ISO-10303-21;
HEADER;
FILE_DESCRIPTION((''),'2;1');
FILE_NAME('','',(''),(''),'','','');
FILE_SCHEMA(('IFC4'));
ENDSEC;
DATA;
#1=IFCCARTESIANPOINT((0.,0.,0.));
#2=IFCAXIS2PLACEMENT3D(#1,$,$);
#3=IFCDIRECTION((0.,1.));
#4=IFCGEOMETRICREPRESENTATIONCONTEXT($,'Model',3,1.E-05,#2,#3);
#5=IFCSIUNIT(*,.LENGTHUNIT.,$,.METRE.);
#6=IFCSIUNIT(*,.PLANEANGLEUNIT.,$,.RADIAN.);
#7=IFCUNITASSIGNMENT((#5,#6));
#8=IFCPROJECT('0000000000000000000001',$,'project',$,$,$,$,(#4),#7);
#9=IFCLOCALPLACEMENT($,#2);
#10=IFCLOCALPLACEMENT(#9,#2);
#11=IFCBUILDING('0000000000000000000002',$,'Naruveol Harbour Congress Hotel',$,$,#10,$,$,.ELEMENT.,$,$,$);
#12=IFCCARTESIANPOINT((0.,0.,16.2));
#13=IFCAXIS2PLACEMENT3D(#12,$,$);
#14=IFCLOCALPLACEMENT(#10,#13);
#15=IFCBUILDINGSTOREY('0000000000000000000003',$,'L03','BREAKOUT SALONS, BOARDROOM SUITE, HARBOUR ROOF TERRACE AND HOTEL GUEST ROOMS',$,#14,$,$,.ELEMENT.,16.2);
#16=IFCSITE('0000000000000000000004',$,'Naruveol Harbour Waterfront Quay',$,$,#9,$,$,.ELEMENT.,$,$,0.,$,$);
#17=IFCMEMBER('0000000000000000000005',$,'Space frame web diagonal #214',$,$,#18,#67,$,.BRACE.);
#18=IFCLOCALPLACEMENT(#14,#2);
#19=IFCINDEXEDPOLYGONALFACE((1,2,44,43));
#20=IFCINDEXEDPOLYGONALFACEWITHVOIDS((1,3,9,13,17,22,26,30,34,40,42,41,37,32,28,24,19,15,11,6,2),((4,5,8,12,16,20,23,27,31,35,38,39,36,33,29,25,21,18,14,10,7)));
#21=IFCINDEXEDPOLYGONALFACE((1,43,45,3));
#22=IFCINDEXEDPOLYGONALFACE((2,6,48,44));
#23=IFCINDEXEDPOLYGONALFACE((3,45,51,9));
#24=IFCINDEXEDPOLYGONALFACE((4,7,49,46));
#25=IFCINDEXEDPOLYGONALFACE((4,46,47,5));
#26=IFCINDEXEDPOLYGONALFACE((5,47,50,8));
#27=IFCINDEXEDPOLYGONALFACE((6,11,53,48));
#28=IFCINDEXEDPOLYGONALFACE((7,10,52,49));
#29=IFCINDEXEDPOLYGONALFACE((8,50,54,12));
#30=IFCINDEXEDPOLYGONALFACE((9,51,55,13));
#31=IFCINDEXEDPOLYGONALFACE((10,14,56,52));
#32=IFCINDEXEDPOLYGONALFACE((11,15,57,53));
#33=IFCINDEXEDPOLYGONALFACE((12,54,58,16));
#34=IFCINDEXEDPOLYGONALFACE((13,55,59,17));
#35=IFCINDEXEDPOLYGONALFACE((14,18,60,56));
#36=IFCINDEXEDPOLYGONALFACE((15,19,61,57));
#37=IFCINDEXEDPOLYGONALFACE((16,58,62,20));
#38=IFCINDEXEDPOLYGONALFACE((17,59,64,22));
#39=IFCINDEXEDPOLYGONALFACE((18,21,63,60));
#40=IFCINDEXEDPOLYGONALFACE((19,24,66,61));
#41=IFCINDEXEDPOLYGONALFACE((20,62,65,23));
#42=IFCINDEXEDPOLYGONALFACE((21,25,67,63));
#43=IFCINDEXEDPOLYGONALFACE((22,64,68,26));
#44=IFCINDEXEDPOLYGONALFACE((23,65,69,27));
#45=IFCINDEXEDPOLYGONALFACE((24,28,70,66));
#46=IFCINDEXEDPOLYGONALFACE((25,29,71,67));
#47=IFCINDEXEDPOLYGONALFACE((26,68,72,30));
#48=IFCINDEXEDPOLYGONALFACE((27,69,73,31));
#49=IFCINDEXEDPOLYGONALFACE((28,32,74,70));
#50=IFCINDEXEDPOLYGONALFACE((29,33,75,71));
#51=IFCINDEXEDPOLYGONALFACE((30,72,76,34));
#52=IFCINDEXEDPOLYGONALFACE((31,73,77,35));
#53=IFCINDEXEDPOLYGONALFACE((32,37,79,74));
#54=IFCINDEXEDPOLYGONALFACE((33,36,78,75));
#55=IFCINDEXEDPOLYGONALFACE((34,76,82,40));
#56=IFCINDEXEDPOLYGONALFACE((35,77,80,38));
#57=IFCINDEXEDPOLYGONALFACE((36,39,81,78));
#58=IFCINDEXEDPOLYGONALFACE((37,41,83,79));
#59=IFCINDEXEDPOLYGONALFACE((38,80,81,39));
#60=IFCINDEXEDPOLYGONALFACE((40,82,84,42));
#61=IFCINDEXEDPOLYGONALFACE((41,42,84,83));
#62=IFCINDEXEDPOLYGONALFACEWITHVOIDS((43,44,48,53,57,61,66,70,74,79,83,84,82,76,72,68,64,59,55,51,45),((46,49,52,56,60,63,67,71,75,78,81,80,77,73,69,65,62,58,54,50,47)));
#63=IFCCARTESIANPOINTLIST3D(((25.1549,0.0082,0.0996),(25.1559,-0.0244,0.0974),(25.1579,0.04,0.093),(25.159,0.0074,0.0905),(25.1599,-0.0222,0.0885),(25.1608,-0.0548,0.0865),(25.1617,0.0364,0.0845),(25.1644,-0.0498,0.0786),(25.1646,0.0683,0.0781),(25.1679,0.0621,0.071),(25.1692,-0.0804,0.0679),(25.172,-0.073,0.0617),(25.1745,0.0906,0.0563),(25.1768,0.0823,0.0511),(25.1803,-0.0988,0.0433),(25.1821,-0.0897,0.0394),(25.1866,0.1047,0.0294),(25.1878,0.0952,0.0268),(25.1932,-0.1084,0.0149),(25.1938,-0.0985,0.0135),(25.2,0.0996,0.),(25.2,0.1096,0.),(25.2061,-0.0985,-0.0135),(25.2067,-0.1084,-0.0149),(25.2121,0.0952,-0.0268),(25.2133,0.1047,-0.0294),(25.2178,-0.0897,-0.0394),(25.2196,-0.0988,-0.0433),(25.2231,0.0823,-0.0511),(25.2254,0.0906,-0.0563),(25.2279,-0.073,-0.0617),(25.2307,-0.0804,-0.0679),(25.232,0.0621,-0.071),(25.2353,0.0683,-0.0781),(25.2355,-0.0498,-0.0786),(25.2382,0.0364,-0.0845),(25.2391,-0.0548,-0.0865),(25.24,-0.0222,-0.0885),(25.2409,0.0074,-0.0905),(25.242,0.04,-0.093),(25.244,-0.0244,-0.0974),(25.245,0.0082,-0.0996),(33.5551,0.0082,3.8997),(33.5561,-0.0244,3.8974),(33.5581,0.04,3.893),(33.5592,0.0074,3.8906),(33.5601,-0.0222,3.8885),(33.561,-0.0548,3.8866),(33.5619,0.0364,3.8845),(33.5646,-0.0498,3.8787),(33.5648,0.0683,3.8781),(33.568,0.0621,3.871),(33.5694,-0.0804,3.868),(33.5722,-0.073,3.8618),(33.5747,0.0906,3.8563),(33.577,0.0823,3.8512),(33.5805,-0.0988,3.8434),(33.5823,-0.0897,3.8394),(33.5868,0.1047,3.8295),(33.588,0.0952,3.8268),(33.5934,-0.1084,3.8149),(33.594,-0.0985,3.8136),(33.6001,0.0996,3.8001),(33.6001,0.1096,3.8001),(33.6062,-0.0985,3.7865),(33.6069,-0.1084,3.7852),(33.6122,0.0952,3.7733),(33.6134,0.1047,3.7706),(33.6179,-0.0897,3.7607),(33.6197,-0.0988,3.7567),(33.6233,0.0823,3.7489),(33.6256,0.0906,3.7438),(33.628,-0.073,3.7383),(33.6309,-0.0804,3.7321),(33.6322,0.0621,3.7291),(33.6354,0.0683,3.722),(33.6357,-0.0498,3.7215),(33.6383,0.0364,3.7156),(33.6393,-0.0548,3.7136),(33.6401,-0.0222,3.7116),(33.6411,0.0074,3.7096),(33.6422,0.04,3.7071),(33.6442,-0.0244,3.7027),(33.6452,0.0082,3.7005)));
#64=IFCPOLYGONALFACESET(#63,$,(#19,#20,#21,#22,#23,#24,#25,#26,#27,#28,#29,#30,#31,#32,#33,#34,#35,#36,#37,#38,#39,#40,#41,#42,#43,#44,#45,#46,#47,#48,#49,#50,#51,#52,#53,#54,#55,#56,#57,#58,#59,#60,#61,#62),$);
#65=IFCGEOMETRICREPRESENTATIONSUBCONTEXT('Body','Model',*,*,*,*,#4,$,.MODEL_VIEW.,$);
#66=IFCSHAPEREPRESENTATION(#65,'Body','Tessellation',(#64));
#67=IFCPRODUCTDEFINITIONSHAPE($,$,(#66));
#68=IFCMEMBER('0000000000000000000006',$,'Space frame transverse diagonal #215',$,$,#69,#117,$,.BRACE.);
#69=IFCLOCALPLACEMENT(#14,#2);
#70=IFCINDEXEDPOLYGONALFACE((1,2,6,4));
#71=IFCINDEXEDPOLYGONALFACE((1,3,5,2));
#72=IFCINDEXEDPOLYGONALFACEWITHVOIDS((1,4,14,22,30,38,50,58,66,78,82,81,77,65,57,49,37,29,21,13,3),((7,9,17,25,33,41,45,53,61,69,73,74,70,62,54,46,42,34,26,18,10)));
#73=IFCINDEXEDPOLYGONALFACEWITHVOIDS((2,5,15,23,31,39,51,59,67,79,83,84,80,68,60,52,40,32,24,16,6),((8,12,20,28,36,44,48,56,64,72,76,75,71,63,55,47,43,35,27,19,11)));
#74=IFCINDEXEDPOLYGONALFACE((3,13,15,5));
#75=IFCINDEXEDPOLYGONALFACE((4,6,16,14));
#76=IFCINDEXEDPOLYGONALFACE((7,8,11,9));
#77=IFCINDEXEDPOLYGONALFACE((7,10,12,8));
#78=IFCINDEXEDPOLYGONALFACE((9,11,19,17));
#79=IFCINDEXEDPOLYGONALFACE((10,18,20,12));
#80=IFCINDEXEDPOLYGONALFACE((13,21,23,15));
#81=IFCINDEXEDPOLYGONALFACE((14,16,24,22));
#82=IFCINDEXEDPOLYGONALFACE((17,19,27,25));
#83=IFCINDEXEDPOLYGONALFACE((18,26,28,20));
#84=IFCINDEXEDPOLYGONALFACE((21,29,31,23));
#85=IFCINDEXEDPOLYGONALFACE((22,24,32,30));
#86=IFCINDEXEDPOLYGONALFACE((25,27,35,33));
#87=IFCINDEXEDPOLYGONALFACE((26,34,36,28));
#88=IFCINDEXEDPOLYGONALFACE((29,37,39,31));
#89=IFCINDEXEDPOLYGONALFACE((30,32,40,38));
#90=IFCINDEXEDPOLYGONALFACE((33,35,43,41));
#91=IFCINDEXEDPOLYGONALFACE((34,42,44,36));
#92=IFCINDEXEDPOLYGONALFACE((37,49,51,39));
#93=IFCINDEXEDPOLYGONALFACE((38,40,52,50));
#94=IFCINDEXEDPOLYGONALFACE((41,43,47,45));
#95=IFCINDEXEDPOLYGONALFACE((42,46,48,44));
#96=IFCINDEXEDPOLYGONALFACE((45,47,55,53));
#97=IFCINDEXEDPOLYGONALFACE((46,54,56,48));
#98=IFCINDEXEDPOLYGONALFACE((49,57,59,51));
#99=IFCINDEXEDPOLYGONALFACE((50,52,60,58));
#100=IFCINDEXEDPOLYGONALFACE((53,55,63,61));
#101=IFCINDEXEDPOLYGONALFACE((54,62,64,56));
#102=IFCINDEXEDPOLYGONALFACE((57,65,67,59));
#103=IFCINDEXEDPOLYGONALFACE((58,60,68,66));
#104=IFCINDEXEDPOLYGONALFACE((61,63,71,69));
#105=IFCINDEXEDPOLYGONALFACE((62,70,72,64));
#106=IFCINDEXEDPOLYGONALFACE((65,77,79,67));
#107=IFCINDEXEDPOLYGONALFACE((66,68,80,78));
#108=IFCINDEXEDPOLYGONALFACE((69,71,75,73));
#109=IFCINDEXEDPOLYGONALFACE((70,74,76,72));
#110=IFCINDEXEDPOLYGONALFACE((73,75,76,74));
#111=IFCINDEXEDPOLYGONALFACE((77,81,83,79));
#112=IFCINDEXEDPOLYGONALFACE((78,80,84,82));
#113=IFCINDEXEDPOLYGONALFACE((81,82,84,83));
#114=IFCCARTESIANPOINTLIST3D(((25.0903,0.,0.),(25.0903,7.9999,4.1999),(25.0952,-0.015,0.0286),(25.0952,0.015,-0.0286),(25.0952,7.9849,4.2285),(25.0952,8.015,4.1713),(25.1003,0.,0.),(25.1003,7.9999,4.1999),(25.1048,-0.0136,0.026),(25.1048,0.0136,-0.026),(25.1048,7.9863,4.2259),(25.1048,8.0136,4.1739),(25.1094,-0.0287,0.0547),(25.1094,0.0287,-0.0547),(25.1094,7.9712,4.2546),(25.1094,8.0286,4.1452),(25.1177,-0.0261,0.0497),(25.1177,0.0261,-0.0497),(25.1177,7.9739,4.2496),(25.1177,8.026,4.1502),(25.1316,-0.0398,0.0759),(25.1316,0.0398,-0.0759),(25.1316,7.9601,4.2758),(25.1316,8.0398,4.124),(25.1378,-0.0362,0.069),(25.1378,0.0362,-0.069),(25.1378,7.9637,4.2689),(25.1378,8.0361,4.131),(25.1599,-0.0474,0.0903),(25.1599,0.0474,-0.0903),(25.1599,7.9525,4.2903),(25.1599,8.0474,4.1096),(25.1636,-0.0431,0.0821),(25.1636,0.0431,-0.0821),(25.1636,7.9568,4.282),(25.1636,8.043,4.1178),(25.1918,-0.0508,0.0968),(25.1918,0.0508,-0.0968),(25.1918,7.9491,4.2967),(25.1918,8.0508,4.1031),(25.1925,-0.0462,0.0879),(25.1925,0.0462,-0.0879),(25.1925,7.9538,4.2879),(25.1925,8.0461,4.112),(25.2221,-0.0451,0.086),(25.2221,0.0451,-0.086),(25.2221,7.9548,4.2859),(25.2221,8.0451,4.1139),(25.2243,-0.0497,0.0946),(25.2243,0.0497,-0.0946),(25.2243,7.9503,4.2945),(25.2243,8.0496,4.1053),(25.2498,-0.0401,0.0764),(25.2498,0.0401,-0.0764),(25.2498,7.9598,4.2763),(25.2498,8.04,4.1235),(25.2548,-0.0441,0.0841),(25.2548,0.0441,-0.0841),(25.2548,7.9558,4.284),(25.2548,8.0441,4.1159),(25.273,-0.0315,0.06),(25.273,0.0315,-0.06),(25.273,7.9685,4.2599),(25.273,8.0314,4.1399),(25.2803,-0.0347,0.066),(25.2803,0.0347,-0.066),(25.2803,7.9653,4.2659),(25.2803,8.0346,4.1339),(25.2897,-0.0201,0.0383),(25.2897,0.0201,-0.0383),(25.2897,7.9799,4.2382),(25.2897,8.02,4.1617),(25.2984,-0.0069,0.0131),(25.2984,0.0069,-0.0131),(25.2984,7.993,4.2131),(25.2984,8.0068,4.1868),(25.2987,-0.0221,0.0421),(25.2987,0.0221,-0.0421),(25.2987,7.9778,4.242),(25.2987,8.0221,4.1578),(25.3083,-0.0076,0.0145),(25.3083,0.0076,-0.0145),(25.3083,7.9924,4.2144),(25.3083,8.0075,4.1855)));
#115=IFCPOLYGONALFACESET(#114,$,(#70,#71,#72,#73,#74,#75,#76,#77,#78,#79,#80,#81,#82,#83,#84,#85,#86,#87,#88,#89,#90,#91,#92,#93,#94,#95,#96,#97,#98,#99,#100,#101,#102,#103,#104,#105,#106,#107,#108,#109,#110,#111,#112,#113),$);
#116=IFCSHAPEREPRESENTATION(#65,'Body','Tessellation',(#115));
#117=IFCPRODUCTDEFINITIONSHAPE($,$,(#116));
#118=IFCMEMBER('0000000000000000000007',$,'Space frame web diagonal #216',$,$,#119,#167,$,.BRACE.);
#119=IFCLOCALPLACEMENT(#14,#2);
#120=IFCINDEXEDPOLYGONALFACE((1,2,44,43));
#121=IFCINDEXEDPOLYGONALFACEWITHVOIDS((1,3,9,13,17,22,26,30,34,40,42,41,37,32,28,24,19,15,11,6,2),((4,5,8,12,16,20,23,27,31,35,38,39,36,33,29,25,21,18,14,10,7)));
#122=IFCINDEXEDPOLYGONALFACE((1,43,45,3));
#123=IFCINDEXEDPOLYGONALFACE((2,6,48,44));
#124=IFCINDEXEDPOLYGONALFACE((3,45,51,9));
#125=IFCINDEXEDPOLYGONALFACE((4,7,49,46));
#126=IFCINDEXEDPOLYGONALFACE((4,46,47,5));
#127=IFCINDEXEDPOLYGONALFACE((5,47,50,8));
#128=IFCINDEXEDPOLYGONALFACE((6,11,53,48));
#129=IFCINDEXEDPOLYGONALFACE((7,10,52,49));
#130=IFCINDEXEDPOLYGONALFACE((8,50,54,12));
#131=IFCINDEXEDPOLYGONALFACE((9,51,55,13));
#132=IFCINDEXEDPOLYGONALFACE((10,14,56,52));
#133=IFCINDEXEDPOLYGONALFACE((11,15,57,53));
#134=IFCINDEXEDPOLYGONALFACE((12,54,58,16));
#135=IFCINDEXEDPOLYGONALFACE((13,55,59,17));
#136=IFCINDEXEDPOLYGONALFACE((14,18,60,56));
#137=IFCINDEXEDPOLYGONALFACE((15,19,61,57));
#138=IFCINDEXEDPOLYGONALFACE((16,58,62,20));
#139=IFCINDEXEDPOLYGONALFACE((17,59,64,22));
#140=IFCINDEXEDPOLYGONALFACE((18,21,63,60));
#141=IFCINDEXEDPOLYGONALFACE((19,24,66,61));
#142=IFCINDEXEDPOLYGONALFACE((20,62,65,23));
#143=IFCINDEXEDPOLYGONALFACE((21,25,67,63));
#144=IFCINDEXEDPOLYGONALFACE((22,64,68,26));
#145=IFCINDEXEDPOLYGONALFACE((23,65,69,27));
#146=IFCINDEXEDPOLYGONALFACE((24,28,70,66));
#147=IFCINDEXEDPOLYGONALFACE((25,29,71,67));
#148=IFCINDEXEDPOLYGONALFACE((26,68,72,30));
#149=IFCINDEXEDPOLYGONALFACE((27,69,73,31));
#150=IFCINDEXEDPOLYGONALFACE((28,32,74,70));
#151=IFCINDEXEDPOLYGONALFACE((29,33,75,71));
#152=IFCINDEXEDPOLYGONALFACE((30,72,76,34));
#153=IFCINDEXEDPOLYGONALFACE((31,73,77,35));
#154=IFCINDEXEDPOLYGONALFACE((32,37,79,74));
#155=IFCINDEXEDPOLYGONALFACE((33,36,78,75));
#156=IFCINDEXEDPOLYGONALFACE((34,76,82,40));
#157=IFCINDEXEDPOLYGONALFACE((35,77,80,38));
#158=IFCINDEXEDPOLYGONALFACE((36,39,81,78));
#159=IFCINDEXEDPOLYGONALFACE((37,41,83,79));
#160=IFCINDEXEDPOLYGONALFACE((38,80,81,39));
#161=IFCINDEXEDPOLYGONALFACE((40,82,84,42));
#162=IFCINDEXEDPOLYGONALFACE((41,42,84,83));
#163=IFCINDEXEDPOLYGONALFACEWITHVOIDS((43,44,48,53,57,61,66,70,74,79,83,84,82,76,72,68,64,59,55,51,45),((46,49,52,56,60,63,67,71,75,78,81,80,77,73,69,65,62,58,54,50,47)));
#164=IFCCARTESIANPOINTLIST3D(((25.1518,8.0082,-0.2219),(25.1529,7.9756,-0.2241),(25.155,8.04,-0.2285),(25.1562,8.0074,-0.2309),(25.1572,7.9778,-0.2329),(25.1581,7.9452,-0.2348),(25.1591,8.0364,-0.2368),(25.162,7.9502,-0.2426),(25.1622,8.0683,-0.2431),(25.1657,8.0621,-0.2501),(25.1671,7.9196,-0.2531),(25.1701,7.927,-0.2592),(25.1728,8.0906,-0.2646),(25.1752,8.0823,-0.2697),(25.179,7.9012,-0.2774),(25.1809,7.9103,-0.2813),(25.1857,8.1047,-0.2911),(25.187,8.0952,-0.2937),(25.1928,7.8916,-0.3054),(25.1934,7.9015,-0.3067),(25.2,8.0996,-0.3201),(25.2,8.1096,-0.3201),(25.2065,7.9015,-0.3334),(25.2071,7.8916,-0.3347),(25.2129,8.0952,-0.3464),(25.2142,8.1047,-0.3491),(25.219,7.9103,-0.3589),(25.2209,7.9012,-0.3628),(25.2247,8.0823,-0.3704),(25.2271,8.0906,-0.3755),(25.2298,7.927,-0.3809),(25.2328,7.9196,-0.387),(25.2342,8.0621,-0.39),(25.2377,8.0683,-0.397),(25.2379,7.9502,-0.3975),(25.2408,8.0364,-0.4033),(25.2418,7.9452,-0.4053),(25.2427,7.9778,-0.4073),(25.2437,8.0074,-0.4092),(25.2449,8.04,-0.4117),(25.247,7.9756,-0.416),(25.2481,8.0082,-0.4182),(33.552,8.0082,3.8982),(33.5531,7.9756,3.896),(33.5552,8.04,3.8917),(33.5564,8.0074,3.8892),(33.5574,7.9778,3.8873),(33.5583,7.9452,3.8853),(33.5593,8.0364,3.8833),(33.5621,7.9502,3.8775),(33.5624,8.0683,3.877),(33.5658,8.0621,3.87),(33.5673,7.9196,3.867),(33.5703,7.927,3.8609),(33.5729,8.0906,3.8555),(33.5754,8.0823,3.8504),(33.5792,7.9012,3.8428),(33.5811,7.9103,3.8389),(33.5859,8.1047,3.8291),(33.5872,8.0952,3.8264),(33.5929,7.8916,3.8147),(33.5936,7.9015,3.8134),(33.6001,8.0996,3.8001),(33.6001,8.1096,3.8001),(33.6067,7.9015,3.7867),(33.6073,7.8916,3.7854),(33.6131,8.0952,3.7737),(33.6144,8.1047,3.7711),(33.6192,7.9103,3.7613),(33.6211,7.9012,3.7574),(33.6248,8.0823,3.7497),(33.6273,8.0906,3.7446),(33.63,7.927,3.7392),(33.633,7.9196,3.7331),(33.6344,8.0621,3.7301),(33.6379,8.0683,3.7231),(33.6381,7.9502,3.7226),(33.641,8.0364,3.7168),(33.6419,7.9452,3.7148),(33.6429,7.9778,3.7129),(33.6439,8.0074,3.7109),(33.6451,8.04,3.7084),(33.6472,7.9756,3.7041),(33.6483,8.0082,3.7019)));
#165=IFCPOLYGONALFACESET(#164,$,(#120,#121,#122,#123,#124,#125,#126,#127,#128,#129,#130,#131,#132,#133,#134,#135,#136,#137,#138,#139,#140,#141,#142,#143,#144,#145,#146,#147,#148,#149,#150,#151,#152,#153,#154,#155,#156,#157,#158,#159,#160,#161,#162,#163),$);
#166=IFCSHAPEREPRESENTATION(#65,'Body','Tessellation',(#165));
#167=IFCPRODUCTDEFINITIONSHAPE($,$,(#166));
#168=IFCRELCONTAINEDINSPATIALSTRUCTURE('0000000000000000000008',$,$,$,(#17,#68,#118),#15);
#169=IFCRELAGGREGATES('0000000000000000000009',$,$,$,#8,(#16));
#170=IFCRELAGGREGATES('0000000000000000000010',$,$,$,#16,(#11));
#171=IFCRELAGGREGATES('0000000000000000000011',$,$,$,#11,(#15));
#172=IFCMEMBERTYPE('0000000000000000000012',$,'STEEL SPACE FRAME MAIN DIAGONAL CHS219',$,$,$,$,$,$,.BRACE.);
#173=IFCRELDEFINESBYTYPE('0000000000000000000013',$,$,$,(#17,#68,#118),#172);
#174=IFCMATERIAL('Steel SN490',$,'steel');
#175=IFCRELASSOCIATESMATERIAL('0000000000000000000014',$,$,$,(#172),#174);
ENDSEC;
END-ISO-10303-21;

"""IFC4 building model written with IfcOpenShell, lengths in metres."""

from ifc_helpers import new_model, si_unit, direction, frame, origin, origin_2d, place, context, subcontext, project, spatial, hollow_circle, extrude, material, material_profile, profile_set, type_object, element, save


model = new_model("IFC4")

# Units and contexts
model_context = context("Model", 3, precision=1e-05, world=origin(), true_north=direction((0.0, 1.0)))
body_context = subcontext(model_context, "Body", "Model", "MODEL_VIEW")
ifc_project = project(units=[si_unit("LENGTHUNIT", "METRE"), si_unit("PLANEANGLEUNIT", "RADIAN")], contexts=[model_context])

# Site, building, storey
site_placement = place(None, origin())
site = spatial("IfcSite", under=ifc_project, at=site_placement, Name="Naruveol Harbour Waterfront Quay", CompositionType="ELEMENT", RefElevation=0.0)
building_placement = place(site_placement, origin())
building = spatial("IfcBuilding", under=site, at=building_placement, Name="Naruveol Harbour Congress Hotel", CompositionType="ELEMENT")
storey_placement = place(building_placement, frame((0.0, 0.0, 16.2)))
storey = spatial("IfcBuildingStorey", under=building, at=storey_placement, Name="L03", Description="BREAKOUT SALONS, BOARDROOM SUITE, HARBOUR ROOF TERRACE AND HOTEL GUEST ROOMS", CompositionType="ELEMENT", Elevation=16.2)

# Members
ifc_material_1 = material(Name="Steel SN490", Category="steel")
ifc_material_profile_1 = material_profile(ifc_material_1, hollow_circle(Radius=0.1096, WallThickness=0.01, at=origin_2d()), Name="CHS-219.1x10")
ifc_profile_set_1 = profile_set([ifc_material_profile_1], Name="Steel SN490")
member_type_1 = type_object("IfcMemberType", Name="STEEL SPACE FRAME MAIN DIAGONAL CHS219", PredefinedType="BRACE", material=ifc_profile_set_1)
member_1_placement = place(storey_placement, frame((25.2, 0.0, 0.0), z_axis=(0.911109, 0.0, 0.412166), x_axis=(0.0, 1.0, 0.0)))
element("IfcMember", 1, at=member_1_placement, inside=storey, type_object=member_type_1, Name="Space frame web diagonal #214", PredefinedType="BRACE", context=body_context, shape_type="SweptSolid", body=[
    extrude(hollow_circle(Radius=0.1096, WallThickness=0.01, at=origin_2d()), origin(), (0.0, 0.0, 1.0), 9.2197),
])
member_2_placement = place(storey_placement, frame((25.2, 0.0, 0.0), z_axis=(0.0, 0.8854, 0.46483), x_axis=(-1.0, 0.0, 0.0)))
element("IfcMember", 2, at=member_2_placement, inside=storey, type_object=member_type_1, Name="Space frame transverse diagonal #215", PredefinedType="BRACE", context=body_context, shape_type="SweptSolid", body=[
    extrude(hollow_circle(Radius=0.1096, WallThickness=0.01, at=origin_2d()), origin(), (0.0, 0.0, 1.0), 9.0354),
])
member_3_placement = place(storey_placement, frame((25.2, 8.0, -0.3201), z_axis=(0.897819, 0.0, 0.440364), x_axis=(0.0, 1.0, 0.0)))
element("IfcMember", 3, at=member_3_placement, inside=storey, type_object=member_type_1, Name="Space frame web diagonal #216", PredefinedType="BRACE", context=body_context, shape_type="SweptSolid", body=[
    extrude(hollow_circle(Radius=0.1096, WallThickness=0.01, at=origin_2d()), origin(), (0.0, 0.0, 1.0), 9.3562),
])

save(model, "model.ifc")
